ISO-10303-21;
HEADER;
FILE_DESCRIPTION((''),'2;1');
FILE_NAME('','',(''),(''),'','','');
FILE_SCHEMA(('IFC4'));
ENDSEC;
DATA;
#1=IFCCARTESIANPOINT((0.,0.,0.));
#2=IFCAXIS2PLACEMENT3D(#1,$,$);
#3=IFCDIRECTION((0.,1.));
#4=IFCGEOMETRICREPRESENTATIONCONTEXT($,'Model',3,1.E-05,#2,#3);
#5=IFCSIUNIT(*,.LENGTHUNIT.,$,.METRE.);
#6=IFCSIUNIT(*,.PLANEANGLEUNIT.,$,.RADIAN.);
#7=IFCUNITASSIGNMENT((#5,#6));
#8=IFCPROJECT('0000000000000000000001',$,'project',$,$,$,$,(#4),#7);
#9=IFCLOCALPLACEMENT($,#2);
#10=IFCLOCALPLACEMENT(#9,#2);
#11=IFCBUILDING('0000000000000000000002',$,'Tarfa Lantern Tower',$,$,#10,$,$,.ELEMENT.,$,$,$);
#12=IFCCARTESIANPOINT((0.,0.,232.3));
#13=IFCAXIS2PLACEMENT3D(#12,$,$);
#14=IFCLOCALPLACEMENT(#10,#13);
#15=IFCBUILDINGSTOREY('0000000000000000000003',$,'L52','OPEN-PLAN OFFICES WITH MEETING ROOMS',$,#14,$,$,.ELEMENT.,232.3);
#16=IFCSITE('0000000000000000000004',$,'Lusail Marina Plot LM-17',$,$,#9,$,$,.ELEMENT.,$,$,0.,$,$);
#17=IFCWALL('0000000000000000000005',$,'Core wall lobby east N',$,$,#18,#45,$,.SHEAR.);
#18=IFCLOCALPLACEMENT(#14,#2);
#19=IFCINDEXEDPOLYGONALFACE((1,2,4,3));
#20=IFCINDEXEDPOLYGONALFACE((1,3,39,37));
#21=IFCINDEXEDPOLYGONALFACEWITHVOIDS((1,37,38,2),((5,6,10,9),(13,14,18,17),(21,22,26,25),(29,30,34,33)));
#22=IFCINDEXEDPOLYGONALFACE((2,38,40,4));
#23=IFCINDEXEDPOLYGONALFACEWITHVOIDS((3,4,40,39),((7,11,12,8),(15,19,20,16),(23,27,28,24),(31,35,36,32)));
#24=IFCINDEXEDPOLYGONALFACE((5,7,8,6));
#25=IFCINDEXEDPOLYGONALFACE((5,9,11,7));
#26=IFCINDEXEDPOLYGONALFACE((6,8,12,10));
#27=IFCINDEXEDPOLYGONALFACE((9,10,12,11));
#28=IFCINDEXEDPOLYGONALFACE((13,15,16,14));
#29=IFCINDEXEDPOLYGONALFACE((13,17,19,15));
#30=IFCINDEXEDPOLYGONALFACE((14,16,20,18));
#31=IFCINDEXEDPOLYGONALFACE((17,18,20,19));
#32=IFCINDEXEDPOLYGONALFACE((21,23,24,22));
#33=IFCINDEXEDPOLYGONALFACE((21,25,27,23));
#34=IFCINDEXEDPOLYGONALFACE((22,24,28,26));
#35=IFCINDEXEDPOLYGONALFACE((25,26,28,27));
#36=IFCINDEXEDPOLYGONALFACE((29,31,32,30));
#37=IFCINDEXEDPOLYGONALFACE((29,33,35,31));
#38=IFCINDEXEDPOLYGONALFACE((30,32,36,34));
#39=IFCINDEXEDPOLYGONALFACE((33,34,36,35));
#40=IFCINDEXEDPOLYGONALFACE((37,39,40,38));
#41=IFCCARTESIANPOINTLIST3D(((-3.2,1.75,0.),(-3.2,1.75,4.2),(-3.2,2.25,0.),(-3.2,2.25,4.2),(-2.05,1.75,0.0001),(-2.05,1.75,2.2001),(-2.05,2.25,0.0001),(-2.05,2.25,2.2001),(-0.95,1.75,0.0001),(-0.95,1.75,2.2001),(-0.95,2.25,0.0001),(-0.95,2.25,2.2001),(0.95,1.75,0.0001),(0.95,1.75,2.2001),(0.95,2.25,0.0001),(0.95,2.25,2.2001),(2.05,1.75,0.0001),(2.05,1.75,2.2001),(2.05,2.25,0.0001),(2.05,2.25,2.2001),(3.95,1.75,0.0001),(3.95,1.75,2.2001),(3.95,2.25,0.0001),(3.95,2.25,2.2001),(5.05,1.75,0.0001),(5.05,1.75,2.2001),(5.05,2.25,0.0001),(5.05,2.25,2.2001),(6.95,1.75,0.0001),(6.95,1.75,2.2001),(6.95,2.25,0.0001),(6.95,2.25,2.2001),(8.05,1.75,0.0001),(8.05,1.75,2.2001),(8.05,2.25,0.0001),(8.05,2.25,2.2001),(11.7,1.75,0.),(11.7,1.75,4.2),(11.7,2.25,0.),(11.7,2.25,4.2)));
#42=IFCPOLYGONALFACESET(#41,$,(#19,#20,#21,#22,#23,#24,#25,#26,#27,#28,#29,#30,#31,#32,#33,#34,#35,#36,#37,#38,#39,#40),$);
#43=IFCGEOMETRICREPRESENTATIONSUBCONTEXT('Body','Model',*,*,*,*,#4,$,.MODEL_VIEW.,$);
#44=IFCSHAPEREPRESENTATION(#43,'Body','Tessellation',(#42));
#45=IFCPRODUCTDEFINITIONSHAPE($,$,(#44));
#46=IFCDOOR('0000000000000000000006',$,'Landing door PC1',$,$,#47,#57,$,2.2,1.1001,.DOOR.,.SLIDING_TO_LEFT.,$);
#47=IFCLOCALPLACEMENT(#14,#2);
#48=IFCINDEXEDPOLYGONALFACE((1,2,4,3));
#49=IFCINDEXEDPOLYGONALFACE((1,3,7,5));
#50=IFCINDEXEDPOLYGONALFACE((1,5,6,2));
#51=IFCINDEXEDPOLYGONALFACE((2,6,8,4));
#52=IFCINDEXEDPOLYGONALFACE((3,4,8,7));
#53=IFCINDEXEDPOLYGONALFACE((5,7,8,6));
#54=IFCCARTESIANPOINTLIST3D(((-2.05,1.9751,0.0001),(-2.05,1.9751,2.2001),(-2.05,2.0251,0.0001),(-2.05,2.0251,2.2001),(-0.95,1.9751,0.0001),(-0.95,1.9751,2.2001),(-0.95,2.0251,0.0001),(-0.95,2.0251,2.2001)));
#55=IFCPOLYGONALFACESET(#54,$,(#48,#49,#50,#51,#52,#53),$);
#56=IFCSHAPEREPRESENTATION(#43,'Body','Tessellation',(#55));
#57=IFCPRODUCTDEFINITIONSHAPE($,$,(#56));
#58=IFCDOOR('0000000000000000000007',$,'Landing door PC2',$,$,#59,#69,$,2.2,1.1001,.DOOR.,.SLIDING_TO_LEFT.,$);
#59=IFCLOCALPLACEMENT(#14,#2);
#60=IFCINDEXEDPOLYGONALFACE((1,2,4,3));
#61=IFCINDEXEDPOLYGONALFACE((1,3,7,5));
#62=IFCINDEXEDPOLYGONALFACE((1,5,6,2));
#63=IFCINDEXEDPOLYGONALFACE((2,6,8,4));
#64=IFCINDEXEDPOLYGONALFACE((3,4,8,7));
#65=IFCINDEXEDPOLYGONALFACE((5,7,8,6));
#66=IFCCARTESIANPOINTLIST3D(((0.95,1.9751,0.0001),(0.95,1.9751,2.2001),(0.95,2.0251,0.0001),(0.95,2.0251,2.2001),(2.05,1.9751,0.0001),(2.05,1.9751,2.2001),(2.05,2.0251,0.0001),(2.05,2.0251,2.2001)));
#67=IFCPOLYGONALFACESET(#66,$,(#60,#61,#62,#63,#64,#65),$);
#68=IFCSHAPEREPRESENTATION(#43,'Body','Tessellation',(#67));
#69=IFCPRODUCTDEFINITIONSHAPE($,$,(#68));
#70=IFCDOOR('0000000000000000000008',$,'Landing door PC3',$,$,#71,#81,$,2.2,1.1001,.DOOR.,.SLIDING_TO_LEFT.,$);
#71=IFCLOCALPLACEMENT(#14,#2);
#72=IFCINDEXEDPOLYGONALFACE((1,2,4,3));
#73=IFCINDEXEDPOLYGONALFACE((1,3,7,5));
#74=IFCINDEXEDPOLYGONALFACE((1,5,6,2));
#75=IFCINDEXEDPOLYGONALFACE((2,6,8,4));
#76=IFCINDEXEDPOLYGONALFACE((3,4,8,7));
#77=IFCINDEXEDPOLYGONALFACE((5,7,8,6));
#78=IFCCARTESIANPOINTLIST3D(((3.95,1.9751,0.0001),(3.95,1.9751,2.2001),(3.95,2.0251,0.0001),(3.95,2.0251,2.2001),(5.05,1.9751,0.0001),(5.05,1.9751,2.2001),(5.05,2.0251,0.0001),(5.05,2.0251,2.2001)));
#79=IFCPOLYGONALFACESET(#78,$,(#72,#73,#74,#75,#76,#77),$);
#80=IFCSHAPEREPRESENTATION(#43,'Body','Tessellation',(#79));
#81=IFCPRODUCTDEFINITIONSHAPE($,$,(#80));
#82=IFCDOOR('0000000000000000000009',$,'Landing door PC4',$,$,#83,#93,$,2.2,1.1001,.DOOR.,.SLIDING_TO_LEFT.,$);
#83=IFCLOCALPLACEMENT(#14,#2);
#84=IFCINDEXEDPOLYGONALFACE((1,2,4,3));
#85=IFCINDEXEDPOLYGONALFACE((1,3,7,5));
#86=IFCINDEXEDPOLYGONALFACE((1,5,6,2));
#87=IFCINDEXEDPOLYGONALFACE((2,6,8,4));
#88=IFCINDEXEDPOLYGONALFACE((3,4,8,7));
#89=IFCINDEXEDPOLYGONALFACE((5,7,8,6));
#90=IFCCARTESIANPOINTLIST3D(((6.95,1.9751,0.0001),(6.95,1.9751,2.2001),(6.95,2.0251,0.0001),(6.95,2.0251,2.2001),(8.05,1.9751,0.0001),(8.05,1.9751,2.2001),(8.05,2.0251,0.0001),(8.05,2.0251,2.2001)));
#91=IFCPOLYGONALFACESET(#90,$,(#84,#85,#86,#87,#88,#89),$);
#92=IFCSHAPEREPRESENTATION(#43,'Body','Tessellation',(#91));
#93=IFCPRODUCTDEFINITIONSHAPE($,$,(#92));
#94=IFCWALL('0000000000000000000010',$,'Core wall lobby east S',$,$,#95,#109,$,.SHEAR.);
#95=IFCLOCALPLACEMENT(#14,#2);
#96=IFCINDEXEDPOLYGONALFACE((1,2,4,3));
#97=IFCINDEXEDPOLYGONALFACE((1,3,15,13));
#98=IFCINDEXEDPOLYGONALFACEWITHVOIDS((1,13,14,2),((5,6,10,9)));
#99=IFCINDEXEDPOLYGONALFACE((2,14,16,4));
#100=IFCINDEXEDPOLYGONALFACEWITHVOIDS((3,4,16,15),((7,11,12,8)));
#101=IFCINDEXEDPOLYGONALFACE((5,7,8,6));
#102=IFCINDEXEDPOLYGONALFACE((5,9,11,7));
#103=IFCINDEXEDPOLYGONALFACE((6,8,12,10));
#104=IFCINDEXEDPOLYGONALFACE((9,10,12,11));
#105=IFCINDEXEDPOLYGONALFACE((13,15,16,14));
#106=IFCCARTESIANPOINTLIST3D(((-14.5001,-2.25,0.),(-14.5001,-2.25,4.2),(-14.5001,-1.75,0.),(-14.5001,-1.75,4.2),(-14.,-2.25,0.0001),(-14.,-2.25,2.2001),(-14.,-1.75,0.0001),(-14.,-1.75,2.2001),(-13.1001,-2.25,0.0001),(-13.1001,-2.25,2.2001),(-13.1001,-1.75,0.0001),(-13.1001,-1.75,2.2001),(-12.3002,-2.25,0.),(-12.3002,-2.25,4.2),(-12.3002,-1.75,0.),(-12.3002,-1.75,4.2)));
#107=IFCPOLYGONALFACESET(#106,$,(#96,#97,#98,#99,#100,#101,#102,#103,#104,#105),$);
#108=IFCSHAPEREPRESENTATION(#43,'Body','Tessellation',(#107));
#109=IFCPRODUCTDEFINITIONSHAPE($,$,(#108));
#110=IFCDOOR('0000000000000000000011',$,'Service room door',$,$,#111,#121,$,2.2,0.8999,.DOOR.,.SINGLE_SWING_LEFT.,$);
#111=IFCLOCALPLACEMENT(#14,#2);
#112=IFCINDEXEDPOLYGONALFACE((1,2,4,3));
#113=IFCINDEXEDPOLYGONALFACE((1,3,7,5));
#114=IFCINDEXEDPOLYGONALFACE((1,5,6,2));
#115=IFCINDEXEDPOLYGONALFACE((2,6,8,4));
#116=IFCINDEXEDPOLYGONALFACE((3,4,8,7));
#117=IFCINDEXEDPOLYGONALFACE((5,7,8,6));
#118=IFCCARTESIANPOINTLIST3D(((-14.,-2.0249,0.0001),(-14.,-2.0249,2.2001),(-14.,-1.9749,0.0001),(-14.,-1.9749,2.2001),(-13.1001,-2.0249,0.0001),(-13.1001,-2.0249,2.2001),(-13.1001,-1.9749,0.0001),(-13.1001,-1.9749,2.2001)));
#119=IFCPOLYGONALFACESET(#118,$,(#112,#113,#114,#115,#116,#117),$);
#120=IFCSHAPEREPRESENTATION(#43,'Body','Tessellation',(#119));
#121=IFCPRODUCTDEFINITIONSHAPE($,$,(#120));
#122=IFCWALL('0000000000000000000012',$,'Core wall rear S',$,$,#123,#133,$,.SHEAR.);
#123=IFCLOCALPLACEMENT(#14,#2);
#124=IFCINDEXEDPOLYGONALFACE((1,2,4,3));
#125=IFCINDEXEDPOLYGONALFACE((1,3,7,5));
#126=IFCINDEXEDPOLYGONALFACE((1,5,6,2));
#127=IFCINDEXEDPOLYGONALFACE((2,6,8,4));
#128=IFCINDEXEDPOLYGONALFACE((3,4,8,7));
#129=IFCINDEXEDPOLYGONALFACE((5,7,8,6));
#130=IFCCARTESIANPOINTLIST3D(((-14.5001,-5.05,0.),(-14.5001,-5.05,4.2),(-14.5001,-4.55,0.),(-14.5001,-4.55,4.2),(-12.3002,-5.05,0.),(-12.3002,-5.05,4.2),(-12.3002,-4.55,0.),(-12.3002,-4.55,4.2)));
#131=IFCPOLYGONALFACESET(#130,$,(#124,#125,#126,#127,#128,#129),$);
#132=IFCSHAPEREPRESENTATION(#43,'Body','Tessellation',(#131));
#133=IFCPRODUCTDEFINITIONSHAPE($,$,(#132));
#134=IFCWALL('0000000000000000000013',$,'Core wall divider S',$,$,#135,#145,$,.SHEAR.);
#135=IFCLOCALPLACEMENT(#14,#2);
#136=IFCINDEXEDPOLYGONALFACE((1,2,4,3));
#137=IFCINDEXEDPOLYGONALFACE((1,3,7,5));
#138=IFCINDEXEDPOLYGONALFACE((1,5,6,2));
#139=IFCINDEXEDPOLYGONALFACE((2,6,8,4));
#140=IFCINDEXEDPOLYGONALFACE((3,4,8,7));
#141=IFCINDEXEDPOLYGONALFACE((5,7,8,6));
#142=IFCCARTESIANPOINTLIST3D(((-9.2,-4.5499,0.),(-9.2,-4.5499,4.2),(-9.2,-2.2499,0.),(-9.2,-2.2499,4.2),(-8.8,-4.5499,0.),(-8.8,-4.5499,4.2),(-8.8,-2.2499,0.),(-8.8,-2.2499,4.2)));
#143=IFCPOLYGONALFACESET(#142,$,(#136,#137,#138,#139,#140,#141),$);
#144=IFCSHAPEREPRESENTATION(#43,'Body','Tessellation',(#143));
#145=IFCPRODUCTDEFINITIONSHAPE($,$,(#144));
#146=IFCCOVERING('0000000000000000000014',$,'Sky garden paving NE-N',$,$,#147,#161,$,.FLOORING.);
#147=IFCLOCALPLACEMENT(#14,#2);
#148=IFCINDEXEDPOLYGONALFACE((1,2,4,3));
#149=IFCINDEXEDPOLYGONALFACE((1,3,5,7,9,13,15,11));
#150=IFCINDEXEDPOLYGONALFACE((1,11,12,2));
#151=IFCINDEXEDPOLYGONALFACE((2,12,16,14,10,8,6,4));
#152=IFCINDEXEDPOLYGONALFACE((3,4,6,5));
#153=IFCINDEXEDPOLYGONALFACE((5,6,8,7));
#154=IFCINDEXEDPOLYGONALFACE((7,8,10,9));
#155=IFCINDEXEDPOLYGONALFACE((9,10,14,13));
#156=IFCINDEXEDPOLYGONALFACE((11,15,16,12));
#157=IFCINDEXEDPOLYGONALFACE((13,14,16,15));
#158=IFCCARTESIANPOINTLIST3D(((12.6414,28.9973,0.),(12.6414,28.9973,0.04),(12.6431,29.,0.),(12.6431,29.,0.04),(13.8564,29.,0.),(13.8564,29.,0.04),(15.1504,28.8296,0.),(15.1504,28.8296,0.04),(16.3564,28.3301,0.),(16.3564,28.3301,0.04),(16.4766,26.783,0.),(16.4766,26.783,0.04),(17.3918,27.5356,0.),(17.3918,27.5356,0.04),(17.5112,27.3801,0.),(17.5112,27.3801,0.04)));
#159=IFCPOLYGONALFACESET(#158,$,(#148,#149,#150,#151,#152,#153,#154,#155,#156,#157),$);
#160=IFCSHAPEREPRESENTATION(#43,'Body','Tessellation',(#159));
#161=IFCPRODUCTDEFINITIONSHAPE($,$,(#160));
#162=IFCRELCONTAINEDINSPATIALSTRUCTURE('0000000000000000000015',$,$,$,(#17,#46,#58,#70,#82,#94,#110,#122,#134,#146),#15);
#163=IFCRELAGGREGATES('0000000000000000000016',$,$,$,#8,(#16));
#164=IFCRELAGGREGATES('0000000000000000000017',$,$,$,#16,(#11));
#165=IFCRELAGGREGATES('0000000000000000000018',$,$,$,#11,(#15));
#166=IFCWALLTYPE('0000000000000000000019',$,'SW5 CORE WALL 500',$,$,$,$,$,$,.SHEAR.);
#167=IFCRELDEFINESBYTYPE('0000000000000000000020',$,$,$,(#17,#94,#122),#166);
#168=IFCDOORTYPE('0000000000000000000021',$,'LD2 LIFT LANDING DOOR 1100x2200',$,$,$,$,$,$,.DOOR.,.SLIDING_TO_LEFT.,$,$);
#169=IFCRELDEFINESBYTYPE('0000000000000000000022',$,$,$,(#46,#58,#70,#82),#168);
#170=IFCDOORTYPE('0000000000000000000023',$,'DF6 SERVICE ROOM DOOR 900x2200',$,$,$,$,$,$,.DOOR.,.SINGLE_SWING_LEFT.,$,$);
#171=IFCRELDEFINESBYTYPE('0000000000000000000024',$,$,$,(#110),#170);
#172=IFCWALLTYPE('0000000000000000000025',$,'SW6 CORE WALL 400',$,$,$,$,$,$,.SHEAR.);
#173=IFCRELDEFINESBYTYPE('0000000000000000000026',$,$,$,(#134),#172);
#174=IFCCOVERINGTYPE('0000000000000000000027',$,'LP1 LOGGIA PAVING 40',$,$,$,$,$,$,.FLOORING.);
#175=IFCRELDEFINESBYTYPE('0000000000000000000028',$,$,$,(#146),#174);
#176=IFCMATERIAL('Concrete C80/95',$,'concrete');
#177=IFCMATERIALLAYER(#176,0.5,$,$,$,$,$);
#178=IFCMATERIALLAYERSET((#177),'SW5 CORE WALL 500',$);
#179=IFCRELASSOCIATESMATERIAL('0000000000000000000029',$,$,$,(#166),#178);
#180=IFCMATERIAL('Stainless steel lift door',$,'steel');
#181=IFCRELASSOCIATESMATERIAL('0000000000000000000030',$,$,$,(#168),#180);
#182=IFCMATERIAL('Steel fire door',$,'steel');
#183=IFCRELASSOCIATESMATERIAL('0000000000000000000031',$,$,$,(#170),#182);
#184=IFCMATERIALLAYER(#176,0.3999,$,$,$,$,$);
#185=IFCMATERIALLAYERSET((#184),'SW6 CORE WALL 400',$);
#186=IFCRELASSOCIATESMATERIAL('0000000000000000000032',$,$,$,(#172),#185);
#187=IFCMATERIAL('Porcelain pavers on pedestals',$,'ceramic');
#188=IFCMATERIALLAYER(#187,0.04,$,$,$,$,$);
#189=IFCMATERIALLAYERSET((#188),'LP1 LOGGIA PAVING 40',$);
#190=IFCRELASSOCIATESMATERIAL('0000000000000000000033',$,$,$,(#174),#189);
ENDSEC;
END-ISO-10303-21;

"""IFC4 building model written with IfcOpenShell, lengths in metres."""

from ifc_helpers import new_model, si_unit, direction, frame, frame_2d, origin, place, context, subcontext, project, spatial, polyline, rectangle, outline, extrude, material, layer, layer_set, type_object, element, fill, save


model = new_model("IFC4")

# Units and contexts
model_context = context("Model", 3, precision=1e-05, world=origin(), true_north=direction((0.0, 1.0)))
body_context = subcontext(model_context, "Body", "Model", "MODEL_VIEW")
ifc_project = project(units=[si_unit("LENGTHUNIT", "METRE"), si_unit("PLANEANGLEUNIT", "RADIAN")], contexts=[model_context])

# Site, building, storey
site_placement = place(None, origin())
site = spatial("IfcSite", under=ifc_project, at=site_placement, Name="Lusail Marina Plot LM-17", CompositionType="ELEMENT", RefElevation=0.0)
building_placement = place(site_placement, origin())
building = spatial("IfcBuilding", under=site, at=building_placement, Name="Tarfa Lantern Tower", CompositionType="ELEMENT")
storey_placement = place(building_placement, frame((0.0, 0.0, 232.3)))
storey = spatial("IfcBuildingStorey", under=building, at=storey_placement, Name="L52", Description="OPEN-PLAN OFFICES WITH MEETING ROOMS", CompositionType="ELEMENT", Elevation=232.3)

# Shared definitions
ifc_material_1 = material(Name="Concrete C80/95", Category="concrete")
ifc_layer_1 = layer(ifc_material_1, 0.5)
ifc_layer_set_1 = layer_set([ifc_layer_1], Name="SW5 CORE WALL 500")
wall_type_1 = type_object("IfcWallType", Name="SW5 CORE WALL 500", PredefinedType="SHEAR", material=ifc_layer_set_1)

# Wall, openings, doors
wall_1_placement = place(storey_placement, frame((-3.2, 2.0, 0.0), z_axis=(0.0, 0.0, 1.0), x_axis=(1.0, 0.0, 0.0)))
wall_1 = element("IfcWall", 1, at=wall_1_placement, inside=storey, type_object=wall_type_1, Name="Core wall lobby east N", PredefinedType="SHEAR", context=body_context, shape_type="SweptSolid", body=[
    extrude(rectangle(XDim=14.8999, YDim=0.5, at=frame_2d((7.45, 0.0))), origin(), (0.0, 0.0, 1.0), 4.2),
])
opening_1_placement = place(wall_1_placement, frame((1.1499, 0.0, 0.0)))
opening_1 = element("IfcOpeningElement", 2, at=opening_1_placement, cuts=wall_1, PredefinedType="OPENING", context=body_context, shape_type="SweptSolid", body=[
    extrude(rectangle(XDim=1.1001, YDim=2.2, at=frame_2d((0.55, 1.1001))), frame((0.0, 0.26, 0.0), z_axis=(0.0, -1.0, 0.0), x_axis=(1.0, 0.0, 0.0)), (0.0, 0.0, 1.0), 0.52),
])
opening_2_placement = place(wall_1_placement, frame((4.1499, 0.0, 0.0)))
opening_2 = element("IfcOpeningElement", 3, at=opening_2_placement, cuts=wall_1, PredefinedType="OPENING", context=body_context, shape_type="SweptSolid", body=[
    extrude(rectangle(XDim=1.1001, YDim=2.2, at=frame_2d((0.55, 1.1001))), frame((0.0, 0.26, 0.0), z_axis=(0.0, -1.0, 0.0), x_axis=(1.0, 0.0, 0.0)), (0.0, 0.0, 1.0), 0.52),
])
opening_3_placement = place(wall_1_placement, frame((7.1499, 0.0, 0.0)))
opening_3 = element("IfcOpeningElement", 4, at=opening_3_placement, cuts=wall_1, PredefinedType="OPENING", context=body_context, shape_type="SweptSolid", body=[
    extrude(rectangle(XDim=1.1001, YDim=2.2, at=frame_2d((0.55, 1.1001))), frame((0.0, 0.26, 0.0), z_axis=(0.0, -1.0, 0.0), x_axis=(1.0, 0.0, 0.0)), (0.0, 0.0, 1.0), 0.52),
])
opening_4_placement = place(wall_1_placement, frame((10.1499, 0.0, 0.0)))
opening_4 = element("IfcOpeningElement", 5, at=opening_4_placement, cuts=wall_1, PredefinedType="OPENING", context=body_context, shape_type="SweptSolid", body=[
    extrude(rectangle(XDim=1.1001, YDim=2.2, at=frame_2d((0.55, 1.1001))), frame((0.0, 0.26, 0.0), z_axis=(0.0, -1.0, 0.0), x_axis=(1.0, 0.0, 0.0)), (0.0, 0.0, 1.0), 0.52),
])
ifc_material_2 = material(Name="Stainless steel lift door", Category="steel")
door_type_1 = type_object("IfcDoorType", Name="LD2 LIFT LANDING DOOR 1100x2200", OperationType="SLIDING_TO_LEFT", PredefinedType="DOOR", material=ifc_material_2)
door_1_placement = place(opening_1_placement, frame((1.1001, 0.0, 0.0), z_axis=(0.0, 0.0, 1.0), x_axis=(-1.0, 0.0, 0.0)))
door_1 = element("IfcDoor", 6, at=door_1_placement, inside=storey, type_object=door_type_1, Name="Landing door PC1", OperationType="SLIDING_TO_LEFT", OverallHeight=2.2, OverallWidth=1.1001, PredefinedType="DOOR", context=body_context, shape_type="SweptSolid", body=[
    extrude(rectangle(XDim=1.1001, YDim=2.2, at=frame_2d((0.55, 1.1001))), frame((0.0, 0.0249, 0.0), z_axis=(0.0, -1.0, 0.0), x_axis=(1.0, 0.0, 0.0)), (0.0, 0.0, 1.0), 0.05),
])
fill(opening_1, door_1)
door_2_placement = place(opening_2_placement, frame((1.1001, 0.0, 0.0), z_axis=(0.0, 0.0, 1.0), x_axis=(-1.0, 0.0, 0.0)))
door_2 = element("IfcDoor", 7, at=door_2_placement, inside=storey, type_object=door_type_1, Name="Landing door PC2", OperationType="SLIDING_TO_LEFT", OverallHeight=2.2, OverallWidth=1.1001, PredefinedType="DOOR", context=body_context, shape_type="SweptSolid", body=[
    extrude(rectangle(XDim=1.1001, YDim=2.2, at=frame_2d((0.55, 1.1001))), frame((0.0, 0.0249, 0.0), z_axis=(0.0, -1.0, 0.0), x_axis=(1.0, 0.0, 0.0)), (0.0, 0.0, 1.0), 0.05),
])
fill(opening_2, door_2)
door_3_placement = place(opening_3_placement, frame((1.1001, 0.0, 0.0), z_axis=(0.0, 0.0, 1.0), x_axis=(-1.0, 0.0, 0.0)))
door_3 = element("IfcDoor", 8, at=door_3_placement, inside=storey, type_object=door_type_1, Name="Landing door PC3", OperationType="SLIDING_TO_LEFT", OverallHeight=2.2, OverallWidth=1.1001, PredefinedType="DOOR", context=body_context, shape_type="SweptSolid", body=[
    extrude(rectangle(XDim=1.1001, YDim=2.2, at=frame_2d((0.55, 1.1001))), frame((0.0, 0.0249, 0.0), z_axis=(0.0, -1.0, 0.0), x_axis=(1.0, 0.0, 0.0)), (0.0, 0.0, 1.0), 0.05),
])
fill(opening_3, door_3)
door_4_placement = place(opening_4_placement, frame((1.1001, 0.0, 0.0), z_axis=(0.0, 0.0, 1.0), x_axis=(-1.0, 0.0, 0.0)))
door_4 = element("IfcDoor", 9, at=door_4_placement, inside=storey, type_object=door_type_1, Name="Landing door PC4", OperationType="SLIDING_TO_LEFT", OverallHeight=2.2, OverallWidth=1.1001, PredefinedType="DOOR", context=body_context, shape_type="SweptSolid", body=[
    extrude(rectangle(XDim=1.1001, YDim=2.2, at=frame_2d((0.55, 1.1001))), frame((0.0, 0.0249, 0.0), z_axis=(0.0, -1.0, 0.0), x_axis=(1.0, 0.0, 0.0)), (0.0, 0.0, 1.0), 0.05),
])
fill(opening_4, door_4)

# Wall, opening, door
wall_2_placement = place(storey_placement, frame((-12.3, -2.0, 0.0), z_axis=(0.0, 0.0, 1.0), x_axis=(-1.0, 0.0, 0.0)))
wall_2 = element("IfcWall", 10, at=wall_2_placement, inside=storey, type_object=wall_type_1, Name="Core wall lobby east S", PredefinedType="SHEAR", context=body_context, shape_type="SweptSolid", body=[
    extrude(rectangle(XDim=2.2, YDim=0.5, at=frame_2d((1.1001, 0.0))), origin(), (0.0, 0.0, 1.0), 4.2),
])
opening_5_placement = place(wall_2_placement, frame((0.8, 0.0, 0.0)))
opening_5 = element("IfcOpeningElement", 11, at=opening_5_placement, cuts=wall_2, PredefinedType="OPENING", context=body_context, shape_type="SweptSolid", body=[
    extrude(rectangle(XDim=0.8999, YDim=2.2, at=frame_2d((0.45, 1.1001))), frame((0.0, 0.26, 0.0), z_axis=(0.0, -1.0, 0.0), x_axis=(1.0, 0.0, 0.0)), (0.0, 0.0, 1.0), 0.52),
])
ifc_material_3 = material(Name="Steel fire door", Category="steel")
door_type_2 = type_object("IfcDoorType", Name="DF6 SERVICE ROOM DOOR 900x2200", OperationType="SINGLE_SWING_LEFT", PredefinedType="DOOR", material=ifc_material_3)
door_5_placement = place(opening_5_placement, origin())
door_5 = element("IfcDoor", 12, at=door_5_placement, inside=storey, type_object=door_type_2, Name="Service room door", OperationType="SINGLE_SWING_LEFT", OverallHeight=2.2, OverallWidth=0.8999, PredefinedType="DOOR", context=body_context, shape_type="SweptSolid", body=[
    extrude(rectangle(XDim=0.8999, YDim=2.2, at=frame_2d((0.45, 1.1001))), frame((0.0, 0.0249, 0.0), z_axis=(0.0, -1.0, 0.0), x_axis=(1.0, 0.0, 0.0)), (0.0, 0.0, 1.0), 0.05),
])
fill(opening_5, door_5)

# Walls
wall_3_placement = place(storey_placement, frame((-12.3, -4.8, 0.0), z_axis=(0.0, 0.0, 1.0), x_axis=(-1.0, 0.0, 0.0)))
element("IfcWall", 13, at=wall_3_placement, inside=storey, type_object=wall_type_1, Name="Core wall rear S", PredefinedType="SHEAR", context=body_context, shape_type="SweptSolid", body=[
    extrude(rectangle(XDim=2.2, YDim=0.5, at=frame_2d((1.1001, 0.0))), origin(), (0.0, 0.0, 1.0), 4.2),
])
ifc_layer_2 = layer(ifc_material_1, 0.3999)
ifc_layer_set_2 = layer_set([ifc_layer_2], Name="SW6 CORE WALL 400")
wall_type_2 = type_object("IfcWallType", Name="SW6 CORE WALL 400", PredefinedType="SHEAR", material=ifc_layer_set_2)
wall_4_placement = place(storey_placement, frame((-9.0, -2.25, 0.0), z_axis=(0.0, 0.0, 1.0), x_axis=(0.0, -1.0, 0.0)))
element("IfcWall", 14, at=wall_4_placement, inside=storey, type_object=wall_type_2, Name="Core wall divider S", PredefinedType="SHEAR", context=body_context, shape_type="SweptSolid", body=[
    extrude(rectangle(XDim=2.3, YDim=0.3999, at=frame_2d((1.1499, 0.0))), origin(), (0.0, 0.0, 1.0), 4.2),
])

# Covering
ifc_material_4 = material(Name="Porcelain pavers on pedestals", Category="ceramic")
ifc_layer_3 = layer(ifc_material_4, 0.04)
ifc_layer_set_3 = layer_set([ifc_layer_3], Name="LP1 LOGGIA PAVING 40")
covering_type = type_object("IfcCoveringType", Name="LP1 LOGGIA PAVING 40", PredefinedType="FLOORING", material=ifc_layer_set_3)
covering_1_placement = place(storey_placement, origin())
element("IfcCovering", 15, at=covering_1_placement, inside=storey, type_object=covering_type, Name="Sky garden paving NE-N", PredefinedType="FLOORING", context=body_context, shape_type="SweptSolid", body=[
    extrude(outline(polyline([(15.1504, 28.8296), (16.3564, 28.3301), (17.3918, 27.5356), (17.5112, 27.3801), (16.4766, 26.783), (12.6414, 28.9973), (12.6431, 29.0), (13.8564, 29.0), (15.1504, 28.8296)])), origin(), (0.0, 0.0, 1.0), 0.04),
])

save(model, "model.ifc")
